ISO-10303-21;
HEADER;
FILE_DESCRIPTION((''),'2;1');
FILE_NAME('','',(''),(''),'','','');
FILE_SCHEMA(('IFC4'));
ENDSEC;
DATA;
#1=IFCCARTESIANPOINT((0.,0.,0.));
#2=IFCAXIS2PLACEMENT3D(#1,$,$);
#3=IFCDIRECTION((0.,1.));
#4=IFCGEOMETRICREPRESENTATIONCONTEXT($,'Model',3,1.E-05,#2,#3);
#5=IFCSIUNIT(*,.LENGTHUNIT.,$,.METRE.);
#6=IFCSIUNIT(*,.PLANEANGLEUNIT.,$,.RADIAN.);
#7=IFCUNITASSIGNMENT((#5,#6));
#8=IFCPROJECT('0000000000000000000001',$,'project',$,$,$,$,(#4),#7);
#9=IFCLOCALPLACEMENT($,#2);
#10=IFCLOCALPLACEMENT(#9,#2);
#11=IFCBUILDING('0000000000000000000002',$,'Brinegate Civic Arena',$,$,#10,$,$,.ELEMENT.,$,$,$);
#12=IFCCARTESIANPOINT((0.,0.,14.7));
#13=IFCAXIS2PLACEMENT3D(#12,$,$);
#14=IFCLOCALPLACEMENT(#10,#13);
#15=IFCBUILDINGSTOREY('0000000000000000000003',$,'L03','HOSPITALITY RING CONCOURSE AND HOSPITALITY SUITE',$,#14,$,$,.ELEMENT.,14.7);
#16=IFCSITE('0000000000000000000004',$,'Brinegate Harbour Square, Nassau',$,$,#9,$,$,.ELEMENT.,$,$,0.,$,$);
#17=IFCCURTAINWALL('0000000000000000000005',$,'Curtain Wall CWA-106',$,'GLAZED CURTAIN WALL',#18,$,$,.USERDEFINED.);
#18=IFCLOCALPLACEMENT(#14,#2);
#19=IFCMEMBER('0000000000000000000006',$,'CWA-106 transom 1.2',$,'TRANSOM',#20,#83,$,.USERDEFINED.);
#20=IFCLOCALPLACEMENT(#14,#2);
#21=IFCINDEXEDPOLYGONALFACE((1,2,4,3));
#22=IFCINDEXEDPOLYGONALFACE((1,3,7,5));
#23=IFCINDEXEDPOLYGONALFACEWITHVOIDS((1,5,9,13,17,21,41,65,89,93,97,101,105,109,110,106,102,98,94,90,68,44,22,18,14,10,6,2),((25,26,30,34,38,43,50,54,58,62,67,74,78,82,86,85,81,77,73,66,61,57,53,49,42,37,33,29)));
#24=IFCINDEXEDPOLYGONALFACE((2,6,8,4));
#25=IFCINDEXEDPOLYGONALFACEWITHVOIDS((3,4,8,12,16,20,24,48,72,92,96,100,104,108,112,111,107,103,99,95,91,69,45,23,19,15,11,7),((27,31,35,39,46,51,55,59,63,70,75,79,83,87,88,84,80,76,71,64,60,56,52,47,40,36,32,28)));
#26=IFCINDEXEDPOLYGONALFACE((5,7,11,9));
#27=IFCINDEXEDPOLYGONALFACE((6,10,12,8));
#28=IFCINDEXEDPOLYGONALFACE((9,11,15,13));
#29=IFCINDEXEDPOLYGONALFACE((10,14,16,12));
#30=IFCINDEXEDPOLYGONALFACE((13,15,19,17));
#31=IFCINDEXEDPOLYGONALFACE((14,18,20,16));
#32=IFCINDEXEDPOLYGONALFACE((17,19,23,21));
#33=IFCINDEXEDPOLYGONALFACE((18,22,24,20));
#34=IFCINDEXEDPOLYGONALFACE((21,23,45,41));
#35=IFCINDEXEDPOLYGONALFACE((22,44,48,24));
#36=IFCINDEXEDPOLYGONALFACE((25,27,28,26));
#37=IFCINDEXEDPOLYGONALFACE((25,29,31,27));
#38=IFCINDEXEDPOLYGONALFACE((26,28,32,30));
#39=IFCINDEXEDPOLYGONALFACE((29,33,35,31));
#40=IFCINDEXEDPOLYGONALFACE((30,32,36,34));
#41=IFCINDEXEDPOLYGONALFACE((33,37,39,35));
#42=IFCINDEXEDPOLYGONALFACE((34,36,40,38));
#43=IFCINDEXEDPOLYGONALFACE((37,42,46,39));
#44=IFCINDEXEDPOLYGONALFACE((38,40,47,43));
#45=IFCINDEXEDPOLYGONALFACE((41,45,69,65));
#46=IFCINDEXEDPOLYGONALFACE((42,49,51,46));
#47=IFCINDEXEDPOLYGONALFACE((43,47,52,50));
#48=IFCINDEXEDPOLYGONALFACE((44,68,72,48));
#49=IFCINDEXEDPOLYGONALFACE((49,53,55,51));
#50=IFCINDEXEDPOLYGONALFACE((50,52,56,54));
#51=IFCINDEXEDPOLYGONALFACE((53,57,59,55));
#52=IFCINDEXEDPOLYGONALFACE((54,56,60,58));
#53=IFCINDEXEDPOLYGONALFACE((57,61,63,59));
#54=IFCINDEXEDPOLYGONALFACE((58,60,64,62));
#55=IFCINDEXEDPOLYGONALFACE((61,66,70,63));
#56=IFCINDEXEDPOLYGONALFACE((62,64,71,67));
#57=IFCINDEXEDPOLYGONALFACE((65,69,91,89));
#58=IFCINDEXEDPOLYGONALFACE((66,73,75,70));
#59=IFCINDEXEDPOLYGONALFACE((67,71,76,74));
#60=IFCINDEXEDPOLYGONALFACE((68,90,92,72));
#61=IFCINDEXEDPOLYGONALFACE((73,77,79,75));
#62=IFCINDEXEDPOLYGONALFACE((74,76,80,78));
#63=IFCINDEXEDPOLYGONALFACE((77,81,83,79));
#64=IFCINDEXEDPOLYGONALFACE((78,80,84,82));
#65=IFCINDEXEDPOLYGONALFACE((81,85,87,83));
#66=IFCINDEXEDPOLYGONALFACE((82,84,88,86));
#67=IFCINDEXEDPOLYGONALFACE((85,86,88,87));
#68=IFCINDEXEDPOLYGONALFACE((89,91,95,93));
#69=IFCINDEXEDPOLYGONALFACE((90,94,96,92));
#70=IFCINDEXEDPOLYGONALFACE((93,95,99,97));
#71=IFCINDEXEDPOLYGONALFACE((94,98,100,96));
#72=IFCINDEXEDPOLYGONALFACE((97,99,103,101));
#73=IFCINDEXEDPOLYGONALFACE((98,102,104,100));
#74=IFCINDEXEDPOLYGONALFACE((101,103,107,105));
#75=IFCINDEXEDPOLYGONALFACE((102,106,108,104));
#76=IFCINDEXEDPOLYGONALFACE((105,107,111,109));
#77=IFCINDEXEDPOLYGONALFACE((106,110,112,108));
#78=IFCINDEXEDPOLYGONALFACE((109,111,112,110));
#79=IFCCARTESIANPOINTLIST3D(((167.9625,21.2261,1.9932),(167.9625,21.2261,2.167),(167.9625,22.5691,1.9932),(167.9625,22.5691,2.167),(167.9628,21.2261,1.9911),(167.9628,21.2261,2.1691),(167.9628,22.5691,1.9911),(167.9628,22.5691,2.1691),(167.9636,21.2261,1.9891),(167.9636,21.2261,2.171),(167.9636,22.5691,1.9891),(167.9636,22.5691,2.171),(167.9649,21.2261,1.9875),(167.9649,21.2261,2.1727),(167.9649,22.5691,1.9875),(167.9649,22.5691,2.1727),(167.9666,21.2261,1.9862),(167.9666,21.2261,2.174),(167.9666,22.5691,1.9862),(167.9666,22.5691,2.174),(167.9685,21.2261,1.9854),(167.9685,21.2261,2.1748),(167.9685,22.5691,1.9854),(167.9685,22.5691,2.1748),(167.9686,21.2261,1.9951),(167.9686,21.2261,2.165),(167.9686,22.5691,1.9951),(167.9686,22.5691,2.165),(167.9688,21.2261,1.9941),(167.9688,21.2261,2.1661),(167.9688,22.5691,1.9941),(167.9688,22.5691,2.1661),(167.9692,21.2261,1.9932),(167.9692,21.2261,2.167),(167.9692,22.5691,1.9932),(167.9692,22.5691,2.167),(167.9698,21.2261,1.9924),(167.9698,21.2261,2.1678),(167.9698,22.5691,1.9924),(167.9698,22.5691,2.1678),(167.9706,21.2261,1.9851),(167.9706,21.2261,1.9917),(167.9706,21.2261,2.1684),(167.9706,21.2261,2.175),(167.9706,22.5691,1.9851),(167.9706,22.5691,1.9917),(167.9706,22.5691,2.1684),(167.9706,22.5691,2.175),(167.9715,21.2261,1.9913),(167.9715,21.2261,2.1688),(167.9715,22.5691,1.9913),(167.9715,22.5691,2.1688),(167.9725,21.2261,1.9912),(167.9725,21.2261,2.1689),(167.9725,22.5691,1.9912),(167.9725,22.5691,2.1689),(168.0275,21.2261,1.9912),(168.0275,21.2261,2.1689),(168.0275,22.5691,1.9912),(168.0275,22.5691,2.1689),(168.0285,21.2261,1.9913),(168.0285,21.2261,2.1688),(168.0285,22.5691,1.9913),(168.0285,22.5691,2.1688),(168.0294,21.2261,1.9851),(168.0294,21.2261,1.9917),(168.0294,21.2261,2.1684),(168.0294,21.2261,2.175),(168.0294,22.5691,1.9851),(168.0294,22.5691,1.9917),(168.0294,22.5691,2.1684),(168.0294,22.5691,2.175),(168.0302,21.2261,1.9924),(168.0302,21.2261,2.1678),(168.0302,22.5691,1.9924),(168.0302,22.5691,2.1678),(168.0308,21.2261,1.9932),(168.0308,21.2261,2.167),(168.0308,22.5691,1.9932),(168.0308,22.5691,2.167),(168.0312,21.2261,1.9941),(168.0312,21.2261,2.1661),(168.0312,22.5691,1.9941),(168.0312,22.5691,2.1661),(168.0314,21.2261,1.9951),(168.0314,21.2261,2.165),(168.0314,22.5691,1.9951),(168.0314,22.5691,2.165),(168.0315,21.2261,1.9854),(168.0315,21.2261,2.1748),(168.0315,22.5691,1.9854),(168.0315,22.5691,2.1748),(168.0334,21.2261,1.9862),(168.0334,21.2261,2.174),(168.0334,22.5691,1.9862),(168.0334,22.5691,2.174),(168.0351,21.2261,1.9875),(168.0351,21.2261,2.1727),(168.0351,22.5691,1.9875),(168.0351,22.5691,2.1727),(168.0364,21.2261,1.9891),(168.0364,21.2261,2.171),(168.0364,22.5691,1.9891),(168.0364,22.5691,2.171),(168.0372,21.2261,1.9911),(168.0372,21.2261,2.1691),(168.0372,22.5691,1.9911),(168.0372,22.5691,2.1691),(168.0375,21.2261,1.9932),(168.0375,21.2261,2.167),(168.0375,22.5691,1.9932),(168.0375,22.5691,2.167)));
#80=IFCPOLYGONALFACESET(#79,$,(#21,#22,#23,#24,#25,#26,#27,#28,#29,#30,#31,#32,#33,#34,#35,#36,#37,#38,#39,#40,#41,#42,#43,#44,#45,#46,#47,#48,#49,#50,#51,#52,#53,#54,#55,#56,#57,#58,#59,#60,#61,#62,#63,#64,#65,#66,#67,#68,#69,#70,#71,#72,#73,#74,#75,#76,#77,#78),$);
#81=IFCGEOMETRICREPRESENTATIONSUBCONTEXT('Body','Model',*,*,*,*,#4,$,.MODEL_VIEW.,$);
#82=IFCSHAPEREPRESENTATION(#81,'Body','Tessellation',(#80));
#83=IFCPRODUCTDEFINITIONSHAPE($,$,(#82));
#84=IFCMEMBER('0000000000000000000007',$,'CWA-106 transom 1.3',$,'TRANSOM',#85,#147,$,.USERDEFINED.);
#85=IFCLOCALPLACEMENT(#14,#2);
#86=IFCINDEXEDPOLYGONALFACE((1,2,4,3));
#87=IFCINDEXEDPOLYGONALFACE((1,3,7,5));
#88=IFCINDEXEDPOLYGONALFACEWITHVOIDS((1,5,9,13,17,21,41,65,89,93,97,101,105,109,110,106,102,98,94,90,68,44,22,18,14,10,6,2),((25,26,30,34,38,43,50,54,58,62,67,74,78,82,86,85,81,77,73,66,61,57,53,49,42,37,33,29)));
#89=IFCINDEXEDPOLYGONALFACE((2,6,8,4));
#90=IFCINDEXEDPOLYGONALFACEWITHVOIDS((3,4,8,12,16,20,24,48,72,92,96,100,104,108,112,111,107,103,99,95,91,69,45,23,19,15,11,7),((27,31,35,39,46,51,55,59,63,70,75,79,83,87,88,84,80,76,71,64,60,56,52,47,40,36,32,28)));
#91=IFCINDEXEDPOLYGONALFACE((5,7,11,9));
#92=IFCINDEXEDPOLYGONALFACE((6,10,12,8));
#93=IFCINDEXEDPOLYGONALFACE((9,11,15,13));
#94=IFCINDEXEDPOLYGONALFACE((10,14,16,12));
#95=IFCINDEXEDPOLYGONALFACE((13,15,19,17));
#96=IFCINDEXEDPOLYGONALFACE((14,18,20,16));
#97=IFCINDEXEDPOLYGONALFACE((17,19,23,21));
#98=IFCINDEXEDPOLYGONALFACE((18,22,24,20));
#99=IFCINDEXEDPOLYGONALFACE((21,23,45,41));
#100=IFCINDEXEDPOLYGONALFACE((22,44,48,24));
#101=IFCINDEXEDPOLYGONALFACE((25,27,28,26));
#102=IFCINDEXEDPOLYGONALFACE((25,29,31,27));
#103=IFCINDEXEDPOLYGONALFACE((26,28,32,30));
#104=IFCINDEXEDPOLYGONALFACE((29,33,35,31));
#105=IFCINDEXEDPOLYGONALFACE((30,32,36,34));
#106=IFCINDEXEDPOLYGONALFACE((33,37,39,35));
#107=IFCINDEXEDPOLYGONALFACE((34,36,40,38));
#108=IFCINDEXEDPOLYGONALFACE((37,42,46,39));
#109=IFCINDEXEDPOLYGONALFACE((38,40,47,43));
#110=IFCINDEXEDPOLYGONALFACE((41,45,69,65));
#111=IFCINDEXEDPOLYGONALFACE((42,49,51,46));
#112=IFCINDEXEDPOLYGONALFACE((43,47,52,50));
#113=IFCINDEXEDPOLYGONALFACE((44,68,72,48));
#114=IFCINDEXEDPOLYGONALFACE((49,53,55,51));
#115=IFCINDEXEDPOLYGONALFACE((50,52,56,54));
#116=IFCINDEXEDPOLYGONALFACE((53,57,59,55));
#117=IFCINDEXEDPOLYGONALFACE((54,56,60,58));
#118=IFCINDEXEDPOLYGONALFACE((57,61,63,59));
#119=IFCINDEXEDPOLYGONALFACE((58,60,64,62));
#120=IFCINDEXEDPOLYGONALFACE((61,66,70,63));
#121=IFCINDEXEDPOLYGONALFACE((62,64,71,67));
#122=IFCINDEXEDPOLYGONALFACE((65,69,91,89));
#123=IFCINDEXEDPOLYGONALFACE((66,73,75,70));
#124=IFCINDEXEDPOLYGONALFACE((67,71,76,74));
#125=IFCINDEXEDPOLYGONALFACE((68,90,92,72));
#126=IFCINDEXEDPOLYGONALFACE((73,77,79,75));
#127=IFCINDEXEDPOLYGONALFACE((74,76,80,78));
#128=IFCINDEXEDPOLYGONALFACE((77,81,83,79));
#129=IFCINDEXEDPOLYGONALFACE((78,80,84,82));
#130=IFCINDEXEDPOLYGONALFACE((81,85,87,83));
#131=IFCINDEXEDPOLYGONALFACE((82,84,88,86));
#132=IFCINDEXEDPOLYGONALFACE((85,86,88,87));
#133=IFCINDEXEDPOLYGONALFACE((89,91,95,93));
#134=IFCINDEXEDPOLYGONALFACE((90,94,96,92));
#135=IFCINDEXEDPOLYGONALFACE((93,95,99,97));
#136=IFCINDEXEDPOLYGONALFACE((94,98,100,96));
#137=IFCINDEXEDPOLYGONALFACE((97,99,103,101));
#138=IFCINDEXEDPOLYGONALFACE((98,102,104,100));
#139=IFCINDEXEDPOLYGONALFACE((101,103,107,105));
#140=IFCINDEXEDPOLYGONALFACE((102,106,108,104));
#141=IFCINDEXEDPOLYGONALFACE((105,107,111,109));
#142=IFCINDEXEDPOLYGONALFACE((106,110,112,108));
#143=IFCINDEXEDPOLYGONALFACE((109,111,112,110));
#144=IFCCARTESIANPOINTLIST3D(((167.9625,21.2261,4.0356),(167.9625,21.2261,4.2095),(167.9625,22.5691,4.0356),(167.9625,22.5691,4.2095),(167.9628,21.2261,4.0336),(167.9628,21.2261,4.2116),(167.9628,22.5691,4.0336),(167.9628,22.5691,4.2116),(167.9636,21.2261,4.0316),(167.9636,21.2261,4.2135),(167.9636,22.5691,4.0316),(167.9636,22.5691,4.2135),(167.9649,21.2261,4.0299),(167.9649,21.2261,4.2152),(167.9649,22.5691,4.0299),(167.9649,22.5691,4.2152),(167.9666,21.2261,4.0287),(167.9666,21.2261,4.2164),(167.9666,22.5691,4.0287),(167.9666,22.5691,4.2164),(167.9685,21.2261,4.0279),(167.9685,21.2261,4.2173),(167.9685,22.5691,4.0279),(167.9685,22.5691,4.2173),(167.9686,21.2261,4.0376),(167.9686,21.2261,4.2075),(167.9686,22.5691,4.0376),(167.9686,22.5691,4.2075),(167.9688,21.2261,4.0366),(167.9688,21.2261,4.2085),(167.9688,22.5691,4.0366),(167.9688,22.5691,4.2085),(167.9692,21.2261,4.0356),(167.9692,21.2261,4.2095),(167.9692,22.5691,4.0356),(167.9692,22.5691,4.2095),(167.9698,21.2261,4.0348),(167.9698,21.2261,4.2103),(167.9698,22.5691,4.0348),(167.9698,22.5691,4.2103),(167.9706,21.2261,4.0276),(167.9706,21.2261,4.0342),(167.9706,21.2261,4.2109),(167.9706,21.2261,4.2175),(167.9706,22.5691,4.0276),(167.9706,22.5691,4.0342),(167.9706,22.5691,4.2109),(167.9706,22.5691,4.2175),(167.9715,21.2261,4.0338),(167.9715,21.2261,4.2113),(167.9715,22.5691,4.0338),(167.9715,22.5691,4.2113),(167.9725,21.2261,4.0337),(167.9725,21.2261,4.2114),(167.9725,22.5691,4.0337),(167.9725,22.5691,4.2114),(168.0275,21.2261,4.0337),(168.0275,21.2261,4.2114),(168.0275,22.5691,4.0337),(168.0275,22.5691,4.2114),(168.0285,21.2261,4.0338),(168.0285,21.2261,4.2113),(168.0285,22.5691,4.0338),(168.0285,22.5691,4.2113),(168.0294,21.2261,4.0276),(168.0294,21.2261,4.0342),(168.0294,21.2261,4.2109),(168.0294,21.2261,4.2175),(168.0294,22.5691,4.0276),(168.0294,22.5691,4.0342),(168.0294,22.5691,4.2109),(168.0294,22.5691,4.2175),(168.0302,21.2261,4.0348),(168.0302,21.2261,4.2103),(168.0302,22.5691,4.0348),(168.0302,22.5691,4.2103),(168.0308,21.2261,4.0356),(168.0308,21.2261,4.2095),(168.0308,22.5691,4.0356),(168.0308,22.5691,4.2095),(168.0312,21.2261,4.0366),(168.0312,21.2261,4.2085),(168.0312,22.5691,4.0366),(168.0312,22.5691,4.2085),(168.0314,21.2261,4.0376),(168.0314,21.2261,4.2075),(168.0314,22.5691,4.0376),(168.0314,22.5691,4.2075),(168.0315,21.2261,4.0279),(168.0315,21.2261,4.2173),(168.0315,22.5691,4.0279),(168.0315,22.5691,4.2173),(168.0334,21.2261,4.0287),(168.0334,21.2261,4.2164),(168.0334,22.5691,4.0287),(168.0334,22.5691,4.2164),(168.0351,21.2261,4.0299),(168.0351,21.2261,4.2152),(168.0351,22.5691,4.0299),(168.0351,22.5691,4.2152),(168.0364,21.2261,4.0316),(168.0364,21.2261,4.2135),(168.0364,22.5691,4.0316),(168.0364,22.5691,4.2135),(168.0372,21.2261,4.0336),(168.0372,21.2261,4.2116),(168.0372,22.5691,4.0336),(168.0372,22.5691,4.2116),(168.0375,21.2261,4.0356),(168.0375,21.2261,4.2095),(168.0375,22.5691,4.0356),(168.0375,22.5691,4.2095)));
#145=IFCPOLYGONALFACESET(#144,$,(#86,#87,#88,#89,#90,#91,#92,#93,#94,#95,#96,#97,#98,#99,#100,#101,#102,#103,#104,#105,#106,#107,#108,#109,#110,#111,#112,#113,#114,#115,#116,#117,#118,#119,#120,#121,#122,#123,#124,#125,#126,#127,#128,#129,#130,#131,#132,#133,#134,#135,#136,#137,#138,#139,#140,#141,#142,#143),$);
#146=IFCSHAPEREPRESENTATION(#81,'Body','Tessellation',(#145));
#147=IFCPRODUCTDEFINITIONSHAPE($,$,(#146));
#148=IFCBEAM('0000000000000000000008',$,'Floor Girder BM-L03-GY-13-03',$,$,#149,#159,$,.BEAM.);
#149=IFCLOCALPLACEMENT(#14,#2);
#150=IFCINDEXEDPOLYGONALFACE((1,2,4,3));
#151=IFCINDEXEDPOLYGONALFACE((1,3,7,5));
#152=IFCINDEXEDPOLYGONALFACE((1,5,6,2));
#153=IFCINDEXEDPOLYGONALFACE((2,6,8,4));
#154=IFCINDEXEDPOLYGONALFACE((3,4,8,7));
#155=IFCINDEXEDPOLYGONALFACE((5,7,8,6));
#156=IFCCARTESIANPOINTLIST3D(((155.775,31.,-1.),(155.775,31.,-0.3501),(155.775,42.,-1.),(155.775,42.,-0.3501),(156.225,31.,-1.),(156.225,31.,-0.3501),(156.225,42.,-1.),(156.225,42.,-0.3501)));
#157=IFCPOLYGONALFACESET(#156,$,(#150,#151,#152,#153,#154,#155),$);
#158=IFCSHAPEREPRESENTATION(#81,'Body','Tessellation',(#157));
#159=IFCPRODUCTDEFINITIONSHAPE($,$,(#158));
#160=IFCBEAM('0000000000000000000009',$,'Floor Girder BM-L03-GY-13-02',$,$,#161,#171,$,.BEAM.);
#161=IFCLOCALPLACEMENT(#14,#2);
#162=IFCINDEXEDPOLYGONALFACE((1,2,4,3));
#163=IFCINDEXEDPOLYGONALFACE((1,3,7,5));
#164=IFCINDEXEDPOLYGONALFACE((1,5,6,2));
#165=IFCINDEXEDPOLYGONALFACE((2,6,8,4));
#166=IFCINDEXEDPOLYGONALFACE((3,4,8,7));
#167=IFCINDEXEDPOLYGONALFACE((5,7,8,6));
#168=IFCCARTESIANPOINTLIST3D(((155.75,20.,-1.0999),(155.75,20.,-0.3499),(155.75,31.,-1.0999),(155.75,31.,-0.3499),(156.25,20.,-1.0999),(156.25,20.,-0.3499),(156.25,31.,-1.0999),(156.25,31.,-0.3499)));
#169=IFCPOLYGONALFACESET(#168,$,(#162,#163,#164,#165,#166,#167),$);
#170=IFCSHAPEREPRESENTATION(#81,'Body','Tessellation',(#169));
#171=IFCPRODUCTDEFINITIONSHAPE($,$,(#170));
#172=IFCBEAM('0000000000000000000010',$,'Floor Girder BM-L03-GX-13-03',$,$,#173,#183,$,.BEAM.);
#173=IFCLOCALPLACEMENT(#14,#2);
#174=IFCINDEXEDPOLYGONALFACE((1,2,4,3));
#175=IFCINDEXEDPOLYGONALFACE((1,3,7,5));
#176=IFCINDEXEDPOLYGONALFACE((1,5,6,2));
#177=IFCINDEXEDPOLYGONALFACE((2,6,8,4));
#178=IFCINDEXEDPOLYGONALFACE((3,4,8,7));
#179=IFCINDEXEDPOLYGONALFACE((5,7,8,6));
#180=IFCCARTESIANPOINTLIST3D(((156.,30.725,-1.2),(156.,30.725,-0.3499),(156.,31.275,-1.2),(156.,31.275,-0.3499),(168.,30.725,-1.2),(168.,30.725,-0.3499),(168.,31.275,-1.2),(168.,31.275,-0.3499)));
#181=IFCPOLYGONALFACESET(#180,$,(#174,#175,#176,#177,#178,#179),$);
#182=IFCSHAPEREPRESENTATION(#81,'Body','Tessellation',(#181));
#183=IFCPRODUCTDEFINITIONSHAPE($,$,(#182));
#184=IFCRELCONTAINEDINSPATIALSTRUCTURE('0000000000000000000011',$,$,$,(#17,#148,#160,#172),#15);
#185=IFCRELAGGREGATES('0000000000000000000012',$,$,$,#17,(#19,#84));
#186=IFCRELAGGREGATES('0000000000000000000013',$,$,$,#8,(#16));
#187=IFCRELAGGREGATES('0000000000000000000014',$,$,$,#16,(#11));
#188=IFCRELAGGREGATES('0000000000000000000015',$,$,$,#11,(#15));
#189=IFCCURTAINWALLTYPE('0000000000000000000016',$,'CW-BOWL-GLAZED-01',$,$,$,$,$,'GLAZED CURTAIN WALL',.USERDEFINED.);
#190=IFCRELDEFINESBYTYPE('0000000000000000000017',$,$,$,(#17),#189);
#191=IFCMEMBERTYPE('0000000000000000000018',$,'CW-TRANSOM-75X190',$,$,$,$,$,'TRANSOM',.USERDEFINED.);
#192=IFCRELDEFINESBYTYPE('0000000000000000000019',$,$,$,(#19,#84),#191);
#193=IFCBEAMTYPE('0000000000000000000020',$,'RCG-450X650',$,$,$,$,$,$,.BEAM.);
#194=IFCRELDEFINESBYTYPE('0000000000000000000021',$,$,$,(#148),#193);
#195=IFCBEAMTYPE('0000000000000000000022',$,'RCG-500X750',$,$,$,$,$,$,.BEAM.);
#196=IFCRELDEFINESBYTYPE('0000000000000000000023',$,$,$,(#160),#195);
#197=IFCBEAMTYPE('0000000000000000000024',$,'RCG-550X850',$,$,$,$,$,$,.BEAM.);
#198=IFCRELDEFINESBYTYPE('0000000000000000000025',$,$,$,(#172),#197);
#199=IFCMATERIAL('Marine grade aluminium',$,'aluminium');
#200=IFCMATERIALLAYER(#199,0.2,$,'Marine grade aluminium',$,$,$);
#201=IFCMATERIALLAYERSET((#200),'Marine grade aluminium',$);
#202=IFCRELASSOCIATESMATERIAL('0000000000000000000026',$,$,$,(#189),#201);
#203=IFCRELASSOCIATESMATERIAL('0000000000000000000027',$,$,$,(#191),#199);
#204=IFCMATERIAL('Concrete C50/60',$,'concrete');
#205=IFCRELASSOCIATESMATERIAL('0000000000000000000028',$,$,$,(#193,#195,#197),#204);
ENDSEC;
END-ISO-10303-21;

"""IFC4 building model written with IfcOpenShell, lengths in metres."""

from ifc_helpers import new_model, si_unit, direction, frame, origin, origin_2d, place, context, subcontext, project, spatial, rectangle, hollow_rectangle, extrude, material, layer, layer_set, material_profile, profile_set, type_object, element, aggregate, save


model = new_model("IFC4")

# Units and contexts
model_context = context("Model", 3, precision=1e-05, world=origin(), true_north=direction((0.0, 1.0)))
body_context = subcontext(model_context, "Body", "Model", "MODEL_VIEW")
ifc_project = project(units=[si_unit("LENGTHUNIT", "METRE"), si_unit("PLANEANGLEUNIT", "RADIAN")], contexts=[model_context])

# Site, building, storey
site_placement = place(None, origin())
site = spatial("IfcSite", under=ifc_project, at=site_placement, Name="Brinegate Harbour Square, Nassau", CompositionType="ELEMENT", RefElevation=0.0)
building_placement = place(site_placement, origin())
building = spatial("IfcBuilding", under=site, at=building_placement, Name="Brinegate Civic Arena", CompositionType="ELEMENT")
storey_placement = place(building_placement, frame((0.0, 0.0, 14.7)))
storey = spatial("IfcBuildingStorey", under=building, at=storey_placement, Name="L03", Description="HOSPITALITY RING CONCOURSE AND HOSPITALITY SUITE", CompositionType="ELEMENT", Elevation=14.7)

# Shared definitions
ifc_material_1 = material(Name="Concrete C50/60", Category="concrete")

# Curtain wall, members
ifc_material_2 = material(Name="Marine grade aluminium", Category="aluminium")
ifc_layer_1 = layer(ifc_material_2, 0.2, Name="Marine grade aluminium")
ifc_layer_set_1 = layer_set([ifc_layer_1], Name="Marine grade aluminium")
curtain_wall_type = type_object("IfcCurtainWallType", Name="CW-BOWL-GLAZED-01", ElementType="GLAZED CURTAIN WALL", PredefinedType="USERDEFINED", material=ifc_layer_set_1)
curtain_wall_placement = place(storey_placement, origin())
curtain_wall = element("IfcCurtainWall", 1, at=curtain_wall_placement, inside=storey, type_object=curtain_wall_type, Name="Curtain Wall CWA-106", ObjectType="GLAZED CURTAIN WALL", PredefinedType="USERDEFINED")
ifc_material_profile_1 = material_profile(ifc_material_2, hollow_rectangle(XDim=0.075, YDim=0.1899, WallThickness=0.0061, InnerFilletRadius=0.0039, OuterFilletRadius=0.0081, at=origin_2d()), Name="TRN75X190")
ifc_profile_set_1 = profile_set([ifc_material_profile_1], Name="Marine grade aluminium")
member_type_1 = type_object("IfcMemberType", Name="CW-TRANSOM-75X190", ElementType="TRANSOM", PredefinedType="USERDEFINED", material=ifc_profile_set_1)
member_1_placement = place(storey_placement, frame((168.0, 21.2261, 2.0801), z_axis=(0.0, 1.0, 0.0), x_axis=(-1.0, 0.0, 0.0)))
member_1 = element("IfcMember", 2, at=member_1_placement, type_object=member_type_1, Name="CWA-106 transom 1.2", ObjectType="TRANSOM", PredefinedType="USERDEFINED", context=body_context, shape_type="SweptSolid", body=[
    extrude(hollow_rectangle(XDim=0.075, YDim=0.1899, WallThickness=0.0061, InnerFilletRadius=0.0039, OuterFilletRadius=0.0081, at=origin_2d()), origin(), (0.0, 0.0, 1.0), 1.343),
])
member_2_placement = place(storey_placement, frame((168.0, 21.2261, 4.1226), z_axis=(0.0, 1.0, 0.0), x_axis=(-1.0, 0.0, 0.0)))
member_2 = element("IfcMember", 3, at=member_2_placement, type_object=member_type_1, Name="CWA-106 transom 1.3", ObjectType="TRANSOM", PredefinedType="USERDEFINED", context=body_context, shape_type="SweptSolid", body=[
    extrude(hollow_rectangle(XDim=0.075, YDim=0.1899, WallThickness=0.0061, InnerFilletRadius=0.0039, OuterFilletRadius=0.0081, at=origin_2d()), origin(), (0.0, 0.0, 1.0), 1.343),
])

# Beams
ifc_material_profile_2 = material_profile(ifc_material_1, rectangle(XDim=0.45, YDim=0.6499, at=origin_2d()), Name="RCB450X650")
ifc_profile_set_2 = profile_set([ifc_material_profile_2], Name="Concrete C50/60")
beam_type_1 = type_object("IfcBeamType", Name="RCG-450X650", PredefinedType="BEAM", material=ifc_profile_set_2)
beam_1_placement = place(storey_placement, frame((156.0, 31.0, -0.675), z_axis=(0.0, 1.0, 0.0), x_axis=(-1.0, 0.0, 0.0)))
element("IfcBeam", 4, at=beam_1_placement, inside=storey, type_object=beam_type_1, Name="Floor Girder BM-L03-GY-13-03", PredefinedType="BEAM", context=body_context, shape_type="SweptSolid", body=[
    extrude(rectangle(XDim=0.45, YDim=0.6499, at=origin_2d()), origin(), (0.0, 0.0, 1.0), 11.0),
])
ifc_material_profile_3 = material_profile(ifc_material_1, rectangle(XDim=0.5, YDim=0.75, at=origin_2d()), Name="RCB500X750")
ifc_profile_set_3 = profile_set([ifc_material_profile_3], Name="Concrete C50/60")
beam_type_2 = type_object("IfcBeamType", Name="RCG-500X750", PredefinedType="BEAM", material=ifc_profile_set_3)
beam_2_placement = place(storey_placement, frame((156.0, 20.0, -0.7249), z_axis=(0.0, 1.0, 0.0), x_axis=(-1.0, 0.0, 0.0)))
element("IfcBeam", 5, at=beam_2_placement, inside=storey, type_object=beam_type_2, Name="Floor Girder BM-L03-GY-13-02", PredefinedType="BEAM", context=body_context, shape_type="SweptSolid", body=[
    extrude(rectangle(XDim=0.5, YDim=0.75, at=origin_2d()), origin(), (0.0, 0.0, 1.0), 11.0),
])
ifc_material_profile_4 = material_profile(ifc_material_1, rectangle(XDim=0.55, YDim=0.8501, at=origin_2d()), Name="RCB550X850")
ifc_profile_set_4 = profile_set([ifc_material_profile_4], Name="Concrete C50/60")
beam_type_3 = type_object("IfcBeamType", Name="RCG-550X850", PredefinedType="BEAM", material=ifc_profile_set_4)
beam_3_placement = place(storey_placement, frame((156.0, 31.0, -0.7749), z_axis=(1.0, 0.0, 0.0), x_axis=(0.0, 1.0, 0.0)))
element("IfcBeam", 6, at=beam_3_placement, inside=storey, type_object=beam_type_3, Name="Floor Girder BM-L03-GX-13-03", PredefinedType="BEAM", context=body_context, shape_type="SweptSolid", body=[
    extrude(rectangle(XDim=0.55, YDim=0.8501, at=origin_2d()), origin(), (0.0, 0.0, 1.0), 12.0),
])

aggregate(curtain_wall, [member_1, member_2])

save(model, "model.ifc")
